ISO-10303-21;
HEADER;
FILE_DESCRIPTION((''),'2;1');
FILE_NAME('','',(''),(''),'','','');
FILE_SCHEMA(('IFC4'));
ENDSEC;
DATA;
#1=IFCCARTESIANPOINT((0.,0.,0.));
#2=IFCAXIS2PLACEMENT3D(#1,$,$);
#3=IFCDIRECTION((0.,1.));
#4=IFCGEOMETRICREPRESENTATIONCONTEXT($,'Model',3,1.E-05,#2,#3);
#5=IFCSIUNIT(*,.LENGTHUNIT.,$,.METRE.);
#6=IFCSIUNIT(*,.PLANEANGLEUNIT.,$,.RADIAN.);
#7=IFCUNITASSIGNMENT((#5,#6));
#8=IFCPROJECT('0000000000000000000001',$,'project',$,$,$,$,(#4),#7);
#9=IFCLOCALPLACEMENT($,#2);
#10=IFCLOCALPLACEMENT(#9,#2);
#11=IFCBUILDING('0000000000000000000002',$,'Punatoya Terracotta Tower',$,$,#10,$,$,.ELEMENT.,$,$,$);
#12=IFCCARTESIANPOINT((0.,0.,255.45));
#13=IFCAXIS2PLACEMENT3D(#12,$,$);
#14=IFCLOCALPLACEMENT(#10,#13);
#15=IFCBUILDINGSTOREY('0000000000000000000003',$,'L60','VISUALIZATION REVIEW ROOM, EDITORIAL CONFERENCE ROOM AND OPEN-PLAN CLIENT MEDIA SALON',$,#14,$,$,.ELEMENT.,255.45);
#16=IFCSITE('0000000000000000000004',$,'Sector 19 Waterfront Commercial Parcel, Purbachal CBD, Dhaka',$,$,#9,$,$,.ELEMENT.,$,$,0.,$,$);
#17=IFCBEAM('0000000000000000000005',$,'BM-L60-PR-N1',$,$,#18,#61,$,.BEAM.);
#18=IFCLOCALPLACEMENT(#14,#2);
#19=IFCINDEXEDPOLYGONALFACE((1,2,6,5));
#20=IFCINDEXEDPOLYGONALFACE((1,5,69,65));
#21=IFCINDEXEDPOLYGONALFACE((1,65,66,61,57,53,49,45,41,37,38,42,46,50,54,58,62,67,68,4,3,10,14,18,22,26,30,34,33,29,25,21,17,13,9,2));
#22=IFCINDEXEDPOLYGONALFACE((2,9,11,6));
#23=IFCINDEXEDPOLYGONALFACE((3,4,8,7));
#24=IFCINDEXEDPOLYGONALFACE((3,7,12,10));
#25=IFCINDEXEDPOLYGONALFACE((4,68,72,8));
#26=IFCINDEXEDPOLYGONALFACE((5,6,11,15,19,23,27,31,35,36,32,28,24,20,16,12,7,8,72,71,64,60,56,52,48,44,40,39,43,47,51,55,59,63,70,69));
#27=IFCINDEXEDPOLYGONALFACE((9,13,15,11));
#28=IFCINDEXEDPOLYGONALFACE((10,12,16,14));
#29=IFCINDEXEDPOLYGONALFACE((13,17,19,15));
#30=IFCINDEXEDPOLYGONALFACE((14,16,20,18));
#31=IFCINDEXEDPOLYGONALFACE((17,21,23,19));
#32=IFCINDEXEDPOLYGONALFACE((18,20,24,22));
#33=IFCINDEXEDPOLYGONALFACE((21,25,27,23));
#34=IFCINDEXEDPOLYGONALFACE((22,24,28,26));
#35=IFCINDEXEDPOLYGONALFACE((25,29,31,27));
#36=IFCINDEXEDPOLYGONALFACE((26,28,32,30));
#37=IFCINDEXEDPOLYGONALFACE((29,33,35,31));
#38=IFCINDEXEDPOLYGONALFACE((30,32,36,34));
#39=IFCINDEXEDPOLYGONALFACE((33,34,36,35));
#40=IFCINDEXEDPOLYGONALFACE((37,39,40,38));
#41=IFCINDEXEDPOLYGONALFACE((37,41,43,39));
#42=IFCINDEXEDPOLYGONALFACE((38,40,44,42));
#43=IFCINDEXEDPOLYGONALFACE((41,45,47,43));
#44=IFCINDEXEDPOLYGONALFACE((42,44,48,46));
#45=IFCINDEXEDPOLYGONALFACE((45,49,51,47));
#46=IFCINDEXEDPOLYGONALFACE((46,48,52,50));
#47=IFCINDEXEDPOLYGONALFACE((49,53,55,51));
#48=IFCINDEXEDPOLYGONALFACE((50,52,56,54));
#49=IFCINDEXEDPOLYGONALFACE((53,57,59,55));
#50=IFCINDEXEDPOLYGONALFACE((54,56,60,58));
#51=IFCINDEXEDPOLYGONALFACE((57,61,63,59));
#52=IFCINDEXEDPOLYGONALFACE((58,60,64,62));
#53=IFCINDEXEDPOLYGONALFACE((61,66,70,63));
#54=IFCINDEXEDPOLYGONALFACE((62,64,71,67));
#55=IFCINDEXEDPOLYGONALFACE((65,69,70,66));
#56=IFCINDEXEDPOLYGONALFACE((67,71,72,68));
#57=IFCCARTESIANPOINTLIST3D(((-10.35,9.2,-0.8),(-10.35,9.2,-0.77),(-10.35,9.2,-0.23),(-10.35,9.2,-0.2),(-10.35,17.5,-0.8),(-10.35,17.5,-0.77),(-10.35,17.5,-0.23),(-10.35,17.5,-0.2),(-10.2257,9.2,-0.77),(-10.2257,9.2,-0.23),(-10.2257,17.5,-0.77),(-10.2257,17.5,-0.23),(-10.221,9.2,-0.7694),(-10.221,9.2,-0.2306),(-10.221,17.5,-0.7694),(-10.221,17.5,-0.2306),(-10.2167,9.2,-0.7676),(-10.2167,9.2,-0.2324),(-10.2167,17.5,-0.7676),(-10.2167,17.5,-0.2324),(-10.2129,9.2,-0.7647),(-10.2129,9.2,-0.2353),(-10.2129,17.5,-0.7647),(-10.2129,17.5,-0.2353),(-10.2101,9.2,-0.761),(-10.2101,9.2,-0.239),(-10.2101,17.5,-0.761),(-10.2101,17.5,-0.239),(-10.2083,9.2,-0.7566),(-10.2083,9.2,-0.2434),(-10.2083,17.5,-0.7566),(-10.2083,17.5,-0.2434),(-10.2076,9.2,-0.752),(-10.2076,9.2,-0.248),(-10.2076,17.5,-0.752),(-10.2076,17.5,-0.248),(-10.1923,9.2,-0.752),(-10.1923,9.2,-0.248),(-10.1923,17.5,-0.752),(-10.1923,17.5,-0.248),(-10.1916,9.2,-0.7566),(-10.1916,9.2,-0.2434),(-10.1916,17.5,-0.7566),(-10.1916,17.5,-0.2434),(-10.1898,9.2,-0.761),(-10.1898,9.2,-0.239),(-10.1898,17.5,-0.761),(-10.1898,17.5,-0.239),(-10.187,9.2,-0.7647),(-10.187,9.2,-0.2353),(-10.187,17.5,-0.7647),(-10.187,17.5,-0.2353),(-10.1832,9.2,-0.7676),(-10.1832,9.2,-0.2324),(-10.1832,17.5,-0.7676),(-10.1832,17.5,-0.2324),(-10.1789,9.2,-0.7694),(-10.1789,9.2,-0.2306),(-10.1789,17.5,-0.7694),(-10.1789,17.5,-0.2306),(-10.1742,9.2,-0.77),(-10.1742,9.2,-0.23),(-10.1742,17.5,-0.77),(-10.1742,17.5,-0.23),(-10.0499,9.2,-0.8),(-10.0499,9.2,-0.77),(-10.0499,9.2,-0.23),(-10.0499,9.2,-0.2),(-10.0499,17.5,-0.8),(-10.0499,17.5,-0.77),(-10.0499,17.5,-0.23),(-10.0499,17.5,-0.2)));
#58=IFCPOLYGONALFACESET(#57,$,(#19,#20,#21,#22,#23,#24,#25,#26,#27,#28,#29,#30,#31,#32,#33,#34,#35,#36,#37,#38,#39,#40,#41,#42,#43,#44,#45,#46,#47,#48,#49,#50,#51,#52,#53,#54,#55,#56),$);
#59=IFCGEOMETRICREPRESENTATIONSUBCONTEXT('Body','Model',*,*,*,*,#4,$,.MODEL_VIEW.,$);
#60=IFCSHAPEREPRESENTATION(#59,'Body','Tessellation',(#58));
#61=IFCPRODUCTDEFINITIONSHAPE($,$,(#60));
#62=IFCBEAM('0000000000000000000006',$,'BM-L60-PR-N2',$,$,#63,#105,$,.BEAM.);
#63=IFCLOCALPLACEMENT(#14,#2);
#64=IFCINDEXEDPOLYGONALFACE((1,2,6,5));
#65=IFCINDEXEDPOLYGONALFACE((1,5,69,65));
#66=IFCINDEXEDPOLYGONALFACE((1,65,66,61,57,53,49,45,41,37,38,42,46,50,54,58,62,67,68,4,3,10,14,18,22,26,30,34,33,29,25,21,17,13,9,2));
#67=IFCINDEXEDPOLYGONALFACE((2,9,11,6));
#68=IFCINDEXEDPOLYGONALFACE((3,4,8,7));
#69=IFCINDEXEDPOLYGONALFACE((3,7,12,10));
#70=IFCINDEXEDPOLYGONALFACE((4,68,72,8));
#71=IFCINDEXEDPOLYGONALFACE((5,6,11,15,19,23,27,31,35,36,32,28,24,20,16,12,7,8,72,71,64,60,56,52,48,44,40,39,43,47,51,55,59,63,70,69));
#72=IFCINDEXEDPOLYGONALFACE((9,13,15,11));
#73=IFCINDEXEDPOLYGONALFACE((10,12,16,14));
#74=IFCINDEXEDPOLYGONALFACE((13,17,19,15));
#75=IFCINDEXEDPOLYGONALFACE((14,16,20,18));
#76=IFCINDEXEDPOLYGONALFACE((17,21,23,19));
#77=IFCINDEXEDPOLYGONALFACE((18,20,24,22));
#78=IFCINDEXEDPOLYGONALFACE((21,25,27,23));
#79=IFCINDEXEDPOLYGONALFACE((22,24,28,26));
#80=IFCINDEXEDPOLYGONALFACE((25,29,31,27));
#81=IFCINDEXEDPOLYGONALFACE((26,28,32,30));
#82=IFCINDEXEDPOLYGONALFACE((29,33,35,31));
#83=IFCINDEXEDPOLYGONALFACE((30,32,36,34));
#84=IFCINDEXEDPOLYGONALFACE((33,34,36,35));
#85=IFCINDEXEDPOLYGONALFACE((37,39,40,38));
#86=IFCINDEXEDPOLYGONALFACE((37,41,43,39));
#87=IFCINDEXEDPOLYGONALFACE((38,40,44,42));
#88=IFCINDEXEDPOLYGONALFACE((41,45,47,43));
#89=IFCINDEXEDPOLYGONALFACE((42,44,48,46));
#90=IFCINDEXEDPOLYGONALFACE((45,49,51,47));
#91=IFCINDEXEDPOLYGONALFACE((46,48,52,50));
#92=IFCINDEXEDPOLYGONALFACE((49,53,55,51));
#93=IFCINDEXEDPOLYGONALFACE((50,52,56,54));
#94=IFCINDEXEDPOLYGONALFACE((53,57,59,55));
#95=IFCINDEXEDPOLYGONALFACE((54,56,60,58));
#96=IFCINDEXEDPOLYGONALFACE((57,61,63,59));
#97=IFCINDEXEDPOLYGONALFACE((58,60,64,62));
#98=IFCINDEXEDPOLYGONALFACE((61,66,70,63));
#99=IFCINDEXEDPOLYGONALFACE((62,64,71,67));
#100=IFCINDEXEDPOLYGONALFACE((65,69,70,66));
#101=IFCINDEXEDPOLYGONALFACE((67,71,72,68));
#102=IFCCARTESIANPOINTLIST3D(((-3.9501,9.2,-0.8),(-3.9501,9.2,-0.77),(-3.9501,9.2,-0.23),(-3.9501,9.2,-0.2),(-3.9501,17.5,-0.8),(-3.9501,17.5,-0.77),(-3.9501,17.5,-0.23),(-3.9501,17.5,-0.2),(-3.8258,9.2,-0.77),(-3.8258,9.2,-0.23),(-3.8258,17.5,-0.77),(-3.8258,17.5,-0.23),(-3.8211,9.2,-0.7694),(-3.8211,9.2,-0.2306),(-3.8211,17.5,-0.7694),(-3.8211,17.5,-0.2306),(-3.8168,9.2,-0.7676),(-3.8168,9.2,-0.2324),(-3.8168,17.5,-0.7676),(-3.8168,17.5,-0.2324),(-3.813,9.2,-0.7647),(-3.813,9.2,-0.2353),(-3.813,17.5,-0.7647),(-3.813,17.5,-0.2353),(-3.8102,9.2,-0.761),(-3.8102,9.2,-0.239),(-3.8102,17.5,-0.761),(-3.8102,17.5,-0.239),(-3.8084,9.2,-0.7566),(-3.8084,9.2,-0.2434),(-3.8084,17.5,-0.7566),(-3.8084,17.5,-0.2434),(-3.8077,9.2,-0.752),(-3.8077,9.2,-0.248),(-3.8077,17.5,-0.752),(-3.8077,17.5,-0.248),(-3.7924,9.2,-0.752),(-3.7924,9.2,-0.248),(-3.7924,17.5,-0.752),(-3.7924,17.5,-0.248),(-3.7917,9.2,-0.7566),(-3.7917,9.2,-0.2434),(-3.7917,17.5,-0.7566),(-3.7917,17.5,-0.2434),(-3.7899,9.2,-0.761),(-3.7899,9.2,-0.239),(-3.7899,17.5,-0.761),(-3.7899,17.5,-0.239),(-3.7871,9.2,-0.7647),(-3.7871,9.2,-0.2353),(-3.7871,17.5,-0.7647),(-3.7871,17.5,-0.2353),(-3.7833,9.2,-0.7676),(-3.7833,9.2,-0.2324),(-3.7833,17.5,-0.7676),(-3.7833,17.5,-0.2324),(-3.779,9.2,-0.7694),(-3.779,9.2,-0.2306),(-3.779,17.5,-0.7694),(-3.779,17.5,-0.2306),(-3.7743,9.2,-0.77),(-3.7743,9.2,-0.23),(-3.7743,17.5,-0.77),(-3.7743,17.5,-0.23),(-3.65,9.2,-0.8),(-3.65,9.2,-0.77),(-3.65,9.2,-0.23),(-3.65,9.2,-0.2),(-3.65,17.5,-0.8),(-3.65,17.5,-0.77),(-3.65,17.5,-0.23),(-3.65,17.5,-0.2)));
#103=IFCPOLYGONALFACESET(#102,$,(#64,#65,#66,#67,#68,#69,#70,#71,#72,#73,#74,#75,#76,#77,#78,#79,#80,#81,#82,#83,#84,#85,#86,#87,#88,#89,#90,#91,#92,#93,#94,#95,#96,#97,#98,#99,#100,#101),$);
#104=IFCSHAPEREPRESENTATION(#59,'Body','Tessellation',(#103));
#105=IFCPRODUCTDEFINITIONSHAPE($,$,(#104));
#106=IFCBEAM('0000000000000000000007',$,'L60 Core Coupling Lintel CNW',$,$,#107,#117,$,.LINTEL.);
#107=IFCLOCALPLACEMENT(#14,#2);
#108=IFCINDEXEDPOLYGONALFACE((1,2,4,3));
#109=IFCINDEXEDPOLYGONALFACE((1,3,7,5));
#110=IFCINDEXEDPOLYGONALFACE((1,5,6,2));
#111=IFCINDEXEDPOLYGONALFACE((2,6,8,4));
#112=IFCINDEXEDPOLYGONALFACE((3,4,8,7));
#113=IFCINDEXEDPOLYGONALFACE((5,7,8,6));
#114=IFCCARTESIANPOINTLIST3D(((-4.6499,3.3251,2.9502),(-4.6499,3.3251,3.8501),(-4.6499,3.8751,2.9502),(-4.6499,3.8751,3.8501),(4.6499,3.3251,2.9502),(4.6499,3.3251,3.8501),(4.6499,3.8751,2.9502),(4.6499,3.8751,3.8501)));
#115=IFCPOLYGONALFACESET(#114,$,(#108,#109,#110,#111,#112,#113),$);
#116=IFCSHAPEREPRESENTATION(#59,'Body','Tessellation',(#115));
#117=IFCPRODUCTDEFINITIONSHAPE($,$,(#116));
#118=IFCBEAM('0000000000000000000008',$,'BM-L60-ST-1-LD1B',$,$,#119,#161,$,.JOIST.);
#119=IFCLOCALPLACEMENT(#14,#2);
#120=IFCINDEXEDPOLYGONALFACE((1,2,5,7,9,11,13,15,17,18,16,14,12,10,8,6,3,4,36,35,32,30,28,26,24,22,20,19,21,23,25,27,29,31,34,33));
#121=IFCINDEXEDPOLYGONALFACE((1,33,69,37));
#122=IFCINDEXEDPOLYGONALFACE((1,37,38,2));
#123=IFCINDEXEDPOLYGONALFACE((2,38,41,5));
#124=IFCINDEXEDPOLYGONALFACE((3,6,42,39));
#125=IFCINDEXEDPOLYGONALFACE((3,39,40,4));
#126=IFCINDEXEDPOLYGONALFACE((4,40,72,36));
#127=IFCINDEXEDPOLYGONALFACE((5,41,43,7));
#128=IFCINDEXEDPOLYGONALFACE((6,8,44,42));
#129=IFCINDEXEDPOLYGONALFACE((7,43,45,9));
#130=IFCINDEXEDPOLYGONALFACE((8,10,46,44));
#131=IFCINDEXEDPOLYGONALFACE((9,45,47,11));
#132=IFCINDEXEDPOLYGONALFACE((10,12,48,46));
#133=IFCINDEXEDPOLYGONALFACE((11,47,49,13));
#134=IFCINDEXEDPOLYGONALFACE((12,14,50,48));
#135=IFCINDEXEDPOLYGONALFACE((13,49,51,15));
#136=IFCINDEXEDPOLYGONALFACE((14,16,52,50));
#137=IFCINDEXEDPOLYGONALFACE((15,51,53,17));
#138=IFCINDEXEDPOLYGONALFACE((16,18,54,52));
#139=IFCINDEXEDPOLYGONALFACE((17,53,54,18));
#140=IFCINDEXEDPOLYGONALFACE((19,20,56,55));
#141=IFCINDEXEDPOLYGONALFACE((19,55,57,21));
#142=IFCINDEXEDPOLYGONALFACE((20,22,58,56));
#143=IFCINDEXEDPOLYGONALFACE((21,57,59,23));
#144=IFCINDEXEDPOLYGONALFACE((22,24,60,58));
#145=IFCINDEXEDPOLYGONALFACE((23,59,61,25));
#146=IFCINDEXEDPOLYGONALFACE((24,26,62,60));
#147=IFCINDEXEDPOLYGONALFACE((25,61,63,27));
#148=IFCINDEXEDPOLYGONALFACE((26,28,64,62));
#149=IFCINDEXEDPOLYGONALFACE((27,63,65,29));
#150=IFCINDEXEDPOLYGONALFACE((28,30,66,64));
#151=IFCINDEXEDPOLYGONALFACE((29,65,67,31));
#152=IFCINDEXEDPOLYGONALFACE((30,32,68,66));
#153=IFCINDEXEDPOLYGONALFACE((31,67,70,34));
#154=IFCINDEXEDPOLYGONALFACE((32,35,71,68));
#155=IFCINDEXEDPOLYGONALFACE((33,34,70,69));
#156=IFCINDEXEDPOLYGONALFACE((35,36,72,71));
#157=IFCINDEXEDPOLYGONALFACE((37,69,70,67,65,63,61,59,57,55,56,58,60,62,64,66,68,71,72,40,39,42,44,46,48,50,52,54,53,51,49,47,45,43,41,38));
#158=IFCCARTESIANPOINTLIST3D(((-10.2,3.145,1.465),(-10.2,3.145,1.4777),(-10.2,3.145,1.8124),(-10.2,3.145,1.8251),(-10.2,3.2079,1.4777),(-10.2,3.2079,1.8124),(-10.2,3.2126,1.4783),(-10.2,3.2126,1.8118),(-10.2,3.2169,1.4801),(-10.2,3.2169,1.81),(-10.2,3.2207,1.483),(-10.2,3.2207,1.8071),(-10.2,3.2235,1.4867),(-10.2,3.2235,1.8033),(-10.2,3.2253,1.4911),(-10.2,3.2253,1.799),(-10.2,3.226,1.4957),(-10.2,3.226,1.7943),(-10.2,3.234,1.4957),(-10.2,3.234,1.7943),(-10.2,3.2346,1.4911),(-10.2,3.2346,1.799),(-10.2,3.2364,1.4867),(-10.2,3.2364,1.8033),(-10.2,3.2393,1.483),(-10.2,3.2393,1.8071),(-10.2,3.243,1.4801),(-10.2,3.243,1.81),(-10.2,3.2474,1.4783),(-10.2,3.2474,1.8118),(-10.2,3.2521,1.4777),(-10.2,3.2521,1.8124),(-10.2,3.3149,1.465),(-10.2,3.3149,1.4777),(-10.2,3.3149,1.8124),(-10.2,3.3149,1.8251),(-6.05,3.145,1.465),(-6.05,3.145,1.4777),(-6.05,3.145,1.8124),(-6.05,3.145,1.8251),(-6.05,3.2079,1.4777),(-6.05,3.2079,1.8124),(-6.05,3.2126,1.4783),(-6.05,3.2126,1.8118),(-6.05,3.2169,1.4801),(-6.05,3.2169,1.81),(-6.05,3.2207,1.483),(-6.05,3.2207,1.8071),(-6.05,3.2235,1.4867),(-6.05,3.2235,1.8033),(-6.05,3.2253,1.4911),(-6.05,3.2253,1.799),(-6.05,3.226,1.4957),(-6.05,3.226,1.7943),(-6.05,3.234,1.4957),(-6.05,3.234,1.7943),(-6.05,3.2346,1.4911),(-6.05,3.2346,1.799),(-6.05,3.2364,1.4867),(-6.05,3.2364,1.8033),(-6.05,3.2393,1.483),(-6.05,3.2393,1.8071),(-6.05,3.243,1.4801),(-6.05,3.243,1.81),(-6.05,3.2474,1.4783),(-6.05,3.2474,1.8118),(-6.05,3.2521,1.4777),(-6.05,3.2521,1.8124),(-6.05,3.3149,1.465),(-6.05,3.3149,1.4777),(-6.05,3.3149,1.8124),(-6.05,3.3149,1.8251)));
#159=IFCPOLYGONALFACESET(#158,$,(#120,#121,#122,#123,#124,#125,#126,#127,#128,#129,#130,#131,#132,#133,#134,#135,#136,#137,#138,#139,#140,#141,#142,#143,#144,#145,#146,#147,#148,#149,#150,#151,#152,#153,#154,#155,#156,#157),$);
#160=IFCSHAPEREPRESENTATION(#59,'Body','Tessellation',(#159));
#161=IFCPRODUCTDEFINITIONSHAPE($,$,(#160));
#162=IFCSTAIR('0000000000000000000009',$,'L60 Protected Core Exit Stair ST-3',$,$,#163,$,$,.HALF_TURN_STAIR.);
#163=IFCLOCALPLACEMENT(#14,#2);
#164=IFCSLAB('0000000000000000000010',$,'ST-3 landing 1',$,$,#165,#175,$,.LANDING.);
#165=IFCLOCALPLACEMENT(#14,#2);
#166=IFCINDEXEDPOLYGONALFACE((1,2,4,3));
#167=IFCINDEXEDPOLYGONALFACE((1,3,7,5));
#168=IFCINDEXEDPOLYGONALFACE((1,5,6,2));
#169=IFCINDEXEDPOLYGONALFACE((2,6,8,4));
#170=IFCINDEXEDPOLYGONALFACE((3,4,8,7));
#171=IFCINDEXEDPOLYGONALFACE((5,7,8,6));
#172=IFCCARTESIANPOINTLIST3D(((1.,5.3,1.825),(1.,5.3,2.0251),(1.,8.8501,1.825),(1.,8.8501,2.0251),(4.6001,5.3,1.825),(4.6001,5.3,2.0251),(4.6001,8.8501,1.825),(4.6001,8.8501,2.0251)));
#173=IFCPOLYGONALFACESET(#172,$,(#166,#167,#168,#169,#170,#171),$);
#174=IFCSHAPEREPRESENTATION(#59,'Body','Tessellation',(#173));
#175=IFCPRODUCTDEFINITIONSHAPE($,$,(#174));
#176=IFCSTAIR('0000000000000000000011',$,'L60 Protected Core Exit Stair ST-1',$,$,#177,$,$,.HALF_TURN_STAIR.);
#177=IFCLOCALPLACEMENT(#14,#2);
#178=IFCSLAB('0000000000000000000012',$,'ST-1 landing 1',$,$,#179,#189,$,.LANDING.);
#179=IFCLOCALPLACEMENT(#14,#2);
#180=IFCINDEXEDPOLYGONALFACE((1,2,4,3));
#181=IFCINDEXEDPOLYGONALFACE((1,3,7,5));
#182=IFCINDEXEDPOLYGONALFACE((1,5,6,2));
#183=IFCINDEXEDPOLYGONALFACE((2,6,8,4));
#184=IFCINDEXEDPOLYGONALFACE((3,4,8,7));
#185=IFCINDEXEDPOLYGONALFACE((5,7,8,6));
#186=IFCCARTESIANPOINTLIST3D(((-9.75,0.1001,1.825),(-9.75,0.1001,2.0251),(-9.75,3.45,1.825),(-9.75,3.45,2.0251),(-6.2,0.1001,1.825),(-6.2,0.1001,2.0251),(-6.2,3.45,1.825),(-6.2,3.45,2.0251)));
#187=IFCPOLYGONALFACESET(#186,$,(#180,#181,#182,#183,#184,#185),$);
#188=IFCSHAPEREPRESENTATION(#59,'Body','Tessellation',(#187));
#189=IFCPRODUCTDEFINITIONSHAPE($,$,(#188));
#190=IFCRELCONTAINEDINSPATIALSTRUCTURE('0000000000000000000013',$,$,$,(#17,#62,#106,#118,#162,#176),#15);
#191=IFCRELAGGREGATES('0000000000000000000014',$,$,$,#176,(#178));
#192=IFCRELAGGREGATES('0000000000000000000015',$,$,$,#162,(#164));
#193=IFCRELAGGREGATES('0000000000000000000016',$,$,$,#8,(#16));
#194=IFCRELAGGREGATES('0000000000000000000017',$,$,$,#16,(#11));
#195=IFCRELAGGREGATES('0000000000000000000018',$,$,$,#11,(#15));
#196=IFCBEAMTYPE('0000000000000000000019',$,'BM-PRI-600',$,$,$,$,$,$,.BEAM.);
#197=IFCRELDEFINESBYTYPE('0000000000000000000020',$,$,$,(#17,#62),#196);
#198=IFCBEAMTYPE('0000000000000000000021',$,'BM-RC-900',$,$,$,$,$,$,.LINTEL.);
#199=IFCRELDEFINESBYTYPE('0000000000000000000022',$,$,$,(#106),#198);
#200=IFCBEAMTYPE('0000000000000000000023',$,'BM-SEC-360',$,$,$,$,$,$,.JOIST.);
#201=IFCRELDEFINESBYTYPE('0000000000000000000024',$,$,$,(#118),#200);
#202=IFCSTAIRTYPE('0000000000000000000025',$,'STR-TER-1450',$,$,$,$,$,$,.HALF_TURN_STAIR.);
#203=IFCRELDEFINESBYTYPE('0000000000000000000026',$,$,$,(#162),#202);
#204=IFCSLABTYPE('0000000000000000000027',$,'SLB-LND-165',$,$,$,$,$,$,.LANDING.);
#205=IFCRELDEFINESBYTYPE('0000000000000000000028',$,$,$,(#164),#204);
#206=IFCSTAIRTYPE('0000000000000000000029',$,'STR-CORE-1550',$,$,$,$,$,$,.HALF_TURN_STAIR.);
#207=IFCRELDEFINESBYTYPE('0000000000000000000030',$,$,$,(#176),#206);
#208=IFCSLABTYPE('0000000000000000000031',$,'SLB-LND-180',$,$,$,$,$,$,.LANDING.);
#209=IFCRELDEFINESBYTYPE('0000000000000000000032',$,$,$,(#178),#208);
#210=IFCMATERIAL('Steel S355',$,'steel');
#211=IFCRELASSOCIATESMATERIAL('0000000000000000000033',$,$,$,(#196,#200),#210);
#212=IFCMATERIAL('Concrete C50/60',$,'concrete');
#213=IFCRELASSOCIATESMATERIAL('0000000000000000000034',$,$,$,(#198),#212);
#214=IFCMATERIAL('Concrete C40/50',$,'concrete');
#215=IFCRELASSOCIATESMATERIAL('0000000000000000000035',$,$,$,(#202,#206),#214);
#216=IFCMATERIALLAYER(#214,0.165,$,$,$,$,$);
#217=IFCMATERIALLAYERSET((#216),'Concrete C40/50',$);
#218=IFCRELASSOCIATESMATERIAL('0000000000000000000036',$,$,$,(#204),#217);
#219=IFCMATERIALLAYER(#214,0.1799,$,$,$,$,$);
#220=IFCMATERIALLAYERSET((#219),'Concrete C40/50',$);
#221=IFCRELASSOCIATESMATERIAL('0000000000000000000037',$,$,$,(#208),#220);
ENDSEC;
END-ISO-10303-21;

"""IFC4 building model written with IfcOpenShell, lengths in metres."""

from ifc_helpers import new_model, si_unit, direction, frame, origin, origin_2d, place, context, subcontext, project, spatial, polyline, rectangle, i_section, outline, extrude, material, layer, layer_set, material_profile, profile_set, type_object, element, aggregate, save


model = new_model("IFC4")

# Units and contexts
model_context = context("Model", 3, precision=1e-05, world=origin(), true_north=direction((0.0, 1.0)))
body_context = subcontext(model_context, "Body", "Model", "MODEL_VIEW")
ifc_project = project(units=[si_unit("LENGTHUNIT", "METRE"), si_unit("PLANEANGLEUNIT", "RADIAN")], contexts=[model_context])

# Site, building, storey
site_placement = place(None, origin())
site = spatial("IfcSite", under=ifc_project, at=site_placement, Name="Sector 19 Waterfront Commercial Parcel, Purbachal CBD, Dhaka", CompositionType="ELEMENT", RefElevation=0.0)
building_placement = place(site_placement, origin())
building = spatial("IfcBuilding", under=site, at=building_placement, Name="Punatoya Terracotta Tower", CompositionType="ELEMENT")
storey_placement = place(building_placement, frame((0.0, 0.0, 255.45)))
storey = spatial("IfcBuildingStorey", under=building, at=storey_placement, Name="L60", Description="VISUALIZATION REVIEW ROOM, EDITORIAL CONFERENCE ROOM AND OPEN-PLAN CLIENT MEDIA SALON", CompositionType="ELEMENT", Elevation=255.45)

# Beams
ifc_material_1 = material(Name="Steel S355", Category="steel")
ifc_material_profile_1 = material_profile(ifc_material_1, i_section(OverallWidth=0.3, OverallDepth=0.6001, WebThickness=0.0154, FlangeThickness=0.03, FilletRadius=0.0181, at=origin_2d()))
ifc_profile_set_1 = profile_set([ifc_material_profile_1], Name="Steel S355")
beam_type_1 = type_object("IfcBeamType", Name="BM-PRI-600", PredefinedType="BEAM", material=ifc_profile_set_1)
for number, where, z_axis, x_axis, name in (
    (1, (-10.2, 9.2, -0.5), (0.0, 1.0, 0.0), (-1.0, 0.0, 0.0), "BM-L60-PR-N1"),
    (2, (-3.8, 9.2, -0.5), (0.0, 1.0, 0.0), (-1.0, 0.0, 0.0), "BM-L60-PR-N2"),
):
    element("IfcBeam", number, at=place(storey_placement, frame(where, z_axis=z_axis, x_axis=x_axis)), inside=storey, type_object=beam_type_1, Name=name, PredefinedType="BEAM", context=body_context, shape_type="SweptSolid", body=[
        extrude(i_section(OverallWidth=0.3, OverallDepth=0.6001, WebThickness=0.0154, FlangeThickness=0.03, FilletRadius=0.0181, at=origin_2d()), origin(), (0.0, 0.0, 1.0), 8.3),
    ])
ifc_material_2 = material(Name="Concrete C50/60", Category="concrete")
ifc_material_profile_2 = material_profile(ifc_material_2, rectangle(XDim=0.55, YDim=0.8999, at=origin_2d()))
ifc_profile_set_2 = profile_set([ifc_material_profile_2], Name="Concrete C50/60")
beam_type_2 = type_object("IfcBeamType", Name="BM-RC-900", PredefinedType="LINTEL", material=ifc_profile_set_2)
beam_1_placement = place(storey_placement, frame((-4.6499, 3.6001, 3.4001), z_axis=(1.0, 0.0, 0.0), x_axis=(0.0, 1.0, 0.0)))
element("IfcBeam", 3, at=beam_1_placement, inside=storey, type_object=beam_type_2, Name="L60 Core Coupling Lintel CNW", PredefinedType="LINTEL", context=body_context, shape_type="SweptSolid", body=[
    extrude(rectangle(XDim=0.55, YDim=0.8999, at=origin_2d()), origin(), (0.0, 0.0, 1.0), 9.2998),
])
ifc_material_profile_3 = material_profile(ifc_material_1, i_section(OverallWidth=0.1699, OverallDepth=0.3601, WebThickness=0.0081, FlangeThickness=0.0127, FilletRadius=0.0181, at=origin_2d()))
ifc_profile_set_3 = profile_set([ifc_material_profile_3], Name="Steel S355")
beam_type_3 = type_object("IfcBeamType", Name="BM-SEC-360", PredefinedType="JOIST", material=ifc_profile_set_3)
beam_2_placement = place(storey_placement, frame((-10.2, 3.23, 1.645), z_axis=(1.0, 0.0, 0.0), x_axis=(0.0, 1.0, 0.0)))
element("IfcBeam", 4, at=beam_2_placement, inside=storey, type_object=beam_type_3, Name="BM-L60-ST-1-LD1B", PredefinedType="JOIST", context=body_context, shape_type="SweptSolid", body=[
    extrude(i_section(OverallWidth=0.1699, OverallDepth=0.3601, WebThickness=0.0081, FlangeThickness=0.0127, FilletRadius=0.0181, at=origin_2d()), origin(), (0.0, 0.0, 1.0), 4.1499),
])

# Stairs, slabs
ifc_material_3 = material(Name="Concrete C40/50", Category="concrete")
stair_type_1 = type_object("IfcStairType", Name="STR-TER-1450", PredefinedType="HALF_TURN_STAIR", material=ifc_material_3)
stair_1_placement = place(storey_placement, origin())
stair_1 = element("IfcStair", 5, at=stair_1_placement, inside=storey, type_object=stair_type_1, Name="L60 Protected Core Exit Stair ST-3", PredefinedType="HALF_TURN_STAIR")
ifc_layer_1 = layer(ifc_material_3, 0.165)
ifc_layer_set_1 = layer_set([ifc_layer_1], Name="Concrete C40/50")
slab_type_1 = type_object("IfcSlabType", Name="SLB-LND-165", PredefinedType="LANDING", material=ifc_layer_set_1)
slab_1_placement = place(storey_placement, frame((0.0, 0.0, 1.825)))
slab_1 = element("IfcSlab", 6, at=slab_1_placement, type_object=slab_type_1, Name="ST-3 landing 1", PredefinedType="LANDING", context=body_context, shape_type="SweptSolid", body=[
    extrude(outline(polyline([(1.0, 5.3), (4.6001, 5.3), (4.6001, 8.8501), (1.0, 8.8501), (1.0, 5.3)])), origin(), (0.0, 0.0, 1.0), 0.2002),
])
stair_type_2 = type_object("IfcStairType", Name="STR-CORE-1550", PredefinedType="HALF_TURN_STAIR", material=ifc_material_3)
stair_2_placement = place(storey_placement, origin())
stair_2 = element("IfcStair", 7, at=stair_2_placement, inside=storey, type_object=stair_type_2, Name="L60 Protected Core Exit Stair ST-1", PredefinedType="HALF_TURN_STAIR")
ifc_layer_2 = layer(ifc_material_3, 0.1799)
ifc_layer_set_2 = layer_set([ifc_layer_2], Name="Concrete C40/50")
slab_type_2 = type_object("IfcSlabType", Name="SLB-LND-180", PredefinedType="LANDING", material=ifc_layer_set_2)
slab_2_placement = place(storey_placement, frame((0.0, 0.0, 1.825)))
slab_2 = element("IfcSlab", 8, at=slab_2_placement, type_object=slab_type_2, Name="ST-1 landing 1", PredefinedType="LANDING", context=body_context, shape_type="SweptSolid", body=[
    extrude(outline(polyline([(-6.2, 0.1001), (-6.2, 3.45), (-9.75, 3.45), (-9.75, 0.1001), (-6.2, 0.1001)])), origin(), (0.0, 0.0, 1.0), 0.2002),
])

aggregate(stair_2, [slab_2])
aggregate(stair_1, [slab_1])

save(model, "model.ifc")
